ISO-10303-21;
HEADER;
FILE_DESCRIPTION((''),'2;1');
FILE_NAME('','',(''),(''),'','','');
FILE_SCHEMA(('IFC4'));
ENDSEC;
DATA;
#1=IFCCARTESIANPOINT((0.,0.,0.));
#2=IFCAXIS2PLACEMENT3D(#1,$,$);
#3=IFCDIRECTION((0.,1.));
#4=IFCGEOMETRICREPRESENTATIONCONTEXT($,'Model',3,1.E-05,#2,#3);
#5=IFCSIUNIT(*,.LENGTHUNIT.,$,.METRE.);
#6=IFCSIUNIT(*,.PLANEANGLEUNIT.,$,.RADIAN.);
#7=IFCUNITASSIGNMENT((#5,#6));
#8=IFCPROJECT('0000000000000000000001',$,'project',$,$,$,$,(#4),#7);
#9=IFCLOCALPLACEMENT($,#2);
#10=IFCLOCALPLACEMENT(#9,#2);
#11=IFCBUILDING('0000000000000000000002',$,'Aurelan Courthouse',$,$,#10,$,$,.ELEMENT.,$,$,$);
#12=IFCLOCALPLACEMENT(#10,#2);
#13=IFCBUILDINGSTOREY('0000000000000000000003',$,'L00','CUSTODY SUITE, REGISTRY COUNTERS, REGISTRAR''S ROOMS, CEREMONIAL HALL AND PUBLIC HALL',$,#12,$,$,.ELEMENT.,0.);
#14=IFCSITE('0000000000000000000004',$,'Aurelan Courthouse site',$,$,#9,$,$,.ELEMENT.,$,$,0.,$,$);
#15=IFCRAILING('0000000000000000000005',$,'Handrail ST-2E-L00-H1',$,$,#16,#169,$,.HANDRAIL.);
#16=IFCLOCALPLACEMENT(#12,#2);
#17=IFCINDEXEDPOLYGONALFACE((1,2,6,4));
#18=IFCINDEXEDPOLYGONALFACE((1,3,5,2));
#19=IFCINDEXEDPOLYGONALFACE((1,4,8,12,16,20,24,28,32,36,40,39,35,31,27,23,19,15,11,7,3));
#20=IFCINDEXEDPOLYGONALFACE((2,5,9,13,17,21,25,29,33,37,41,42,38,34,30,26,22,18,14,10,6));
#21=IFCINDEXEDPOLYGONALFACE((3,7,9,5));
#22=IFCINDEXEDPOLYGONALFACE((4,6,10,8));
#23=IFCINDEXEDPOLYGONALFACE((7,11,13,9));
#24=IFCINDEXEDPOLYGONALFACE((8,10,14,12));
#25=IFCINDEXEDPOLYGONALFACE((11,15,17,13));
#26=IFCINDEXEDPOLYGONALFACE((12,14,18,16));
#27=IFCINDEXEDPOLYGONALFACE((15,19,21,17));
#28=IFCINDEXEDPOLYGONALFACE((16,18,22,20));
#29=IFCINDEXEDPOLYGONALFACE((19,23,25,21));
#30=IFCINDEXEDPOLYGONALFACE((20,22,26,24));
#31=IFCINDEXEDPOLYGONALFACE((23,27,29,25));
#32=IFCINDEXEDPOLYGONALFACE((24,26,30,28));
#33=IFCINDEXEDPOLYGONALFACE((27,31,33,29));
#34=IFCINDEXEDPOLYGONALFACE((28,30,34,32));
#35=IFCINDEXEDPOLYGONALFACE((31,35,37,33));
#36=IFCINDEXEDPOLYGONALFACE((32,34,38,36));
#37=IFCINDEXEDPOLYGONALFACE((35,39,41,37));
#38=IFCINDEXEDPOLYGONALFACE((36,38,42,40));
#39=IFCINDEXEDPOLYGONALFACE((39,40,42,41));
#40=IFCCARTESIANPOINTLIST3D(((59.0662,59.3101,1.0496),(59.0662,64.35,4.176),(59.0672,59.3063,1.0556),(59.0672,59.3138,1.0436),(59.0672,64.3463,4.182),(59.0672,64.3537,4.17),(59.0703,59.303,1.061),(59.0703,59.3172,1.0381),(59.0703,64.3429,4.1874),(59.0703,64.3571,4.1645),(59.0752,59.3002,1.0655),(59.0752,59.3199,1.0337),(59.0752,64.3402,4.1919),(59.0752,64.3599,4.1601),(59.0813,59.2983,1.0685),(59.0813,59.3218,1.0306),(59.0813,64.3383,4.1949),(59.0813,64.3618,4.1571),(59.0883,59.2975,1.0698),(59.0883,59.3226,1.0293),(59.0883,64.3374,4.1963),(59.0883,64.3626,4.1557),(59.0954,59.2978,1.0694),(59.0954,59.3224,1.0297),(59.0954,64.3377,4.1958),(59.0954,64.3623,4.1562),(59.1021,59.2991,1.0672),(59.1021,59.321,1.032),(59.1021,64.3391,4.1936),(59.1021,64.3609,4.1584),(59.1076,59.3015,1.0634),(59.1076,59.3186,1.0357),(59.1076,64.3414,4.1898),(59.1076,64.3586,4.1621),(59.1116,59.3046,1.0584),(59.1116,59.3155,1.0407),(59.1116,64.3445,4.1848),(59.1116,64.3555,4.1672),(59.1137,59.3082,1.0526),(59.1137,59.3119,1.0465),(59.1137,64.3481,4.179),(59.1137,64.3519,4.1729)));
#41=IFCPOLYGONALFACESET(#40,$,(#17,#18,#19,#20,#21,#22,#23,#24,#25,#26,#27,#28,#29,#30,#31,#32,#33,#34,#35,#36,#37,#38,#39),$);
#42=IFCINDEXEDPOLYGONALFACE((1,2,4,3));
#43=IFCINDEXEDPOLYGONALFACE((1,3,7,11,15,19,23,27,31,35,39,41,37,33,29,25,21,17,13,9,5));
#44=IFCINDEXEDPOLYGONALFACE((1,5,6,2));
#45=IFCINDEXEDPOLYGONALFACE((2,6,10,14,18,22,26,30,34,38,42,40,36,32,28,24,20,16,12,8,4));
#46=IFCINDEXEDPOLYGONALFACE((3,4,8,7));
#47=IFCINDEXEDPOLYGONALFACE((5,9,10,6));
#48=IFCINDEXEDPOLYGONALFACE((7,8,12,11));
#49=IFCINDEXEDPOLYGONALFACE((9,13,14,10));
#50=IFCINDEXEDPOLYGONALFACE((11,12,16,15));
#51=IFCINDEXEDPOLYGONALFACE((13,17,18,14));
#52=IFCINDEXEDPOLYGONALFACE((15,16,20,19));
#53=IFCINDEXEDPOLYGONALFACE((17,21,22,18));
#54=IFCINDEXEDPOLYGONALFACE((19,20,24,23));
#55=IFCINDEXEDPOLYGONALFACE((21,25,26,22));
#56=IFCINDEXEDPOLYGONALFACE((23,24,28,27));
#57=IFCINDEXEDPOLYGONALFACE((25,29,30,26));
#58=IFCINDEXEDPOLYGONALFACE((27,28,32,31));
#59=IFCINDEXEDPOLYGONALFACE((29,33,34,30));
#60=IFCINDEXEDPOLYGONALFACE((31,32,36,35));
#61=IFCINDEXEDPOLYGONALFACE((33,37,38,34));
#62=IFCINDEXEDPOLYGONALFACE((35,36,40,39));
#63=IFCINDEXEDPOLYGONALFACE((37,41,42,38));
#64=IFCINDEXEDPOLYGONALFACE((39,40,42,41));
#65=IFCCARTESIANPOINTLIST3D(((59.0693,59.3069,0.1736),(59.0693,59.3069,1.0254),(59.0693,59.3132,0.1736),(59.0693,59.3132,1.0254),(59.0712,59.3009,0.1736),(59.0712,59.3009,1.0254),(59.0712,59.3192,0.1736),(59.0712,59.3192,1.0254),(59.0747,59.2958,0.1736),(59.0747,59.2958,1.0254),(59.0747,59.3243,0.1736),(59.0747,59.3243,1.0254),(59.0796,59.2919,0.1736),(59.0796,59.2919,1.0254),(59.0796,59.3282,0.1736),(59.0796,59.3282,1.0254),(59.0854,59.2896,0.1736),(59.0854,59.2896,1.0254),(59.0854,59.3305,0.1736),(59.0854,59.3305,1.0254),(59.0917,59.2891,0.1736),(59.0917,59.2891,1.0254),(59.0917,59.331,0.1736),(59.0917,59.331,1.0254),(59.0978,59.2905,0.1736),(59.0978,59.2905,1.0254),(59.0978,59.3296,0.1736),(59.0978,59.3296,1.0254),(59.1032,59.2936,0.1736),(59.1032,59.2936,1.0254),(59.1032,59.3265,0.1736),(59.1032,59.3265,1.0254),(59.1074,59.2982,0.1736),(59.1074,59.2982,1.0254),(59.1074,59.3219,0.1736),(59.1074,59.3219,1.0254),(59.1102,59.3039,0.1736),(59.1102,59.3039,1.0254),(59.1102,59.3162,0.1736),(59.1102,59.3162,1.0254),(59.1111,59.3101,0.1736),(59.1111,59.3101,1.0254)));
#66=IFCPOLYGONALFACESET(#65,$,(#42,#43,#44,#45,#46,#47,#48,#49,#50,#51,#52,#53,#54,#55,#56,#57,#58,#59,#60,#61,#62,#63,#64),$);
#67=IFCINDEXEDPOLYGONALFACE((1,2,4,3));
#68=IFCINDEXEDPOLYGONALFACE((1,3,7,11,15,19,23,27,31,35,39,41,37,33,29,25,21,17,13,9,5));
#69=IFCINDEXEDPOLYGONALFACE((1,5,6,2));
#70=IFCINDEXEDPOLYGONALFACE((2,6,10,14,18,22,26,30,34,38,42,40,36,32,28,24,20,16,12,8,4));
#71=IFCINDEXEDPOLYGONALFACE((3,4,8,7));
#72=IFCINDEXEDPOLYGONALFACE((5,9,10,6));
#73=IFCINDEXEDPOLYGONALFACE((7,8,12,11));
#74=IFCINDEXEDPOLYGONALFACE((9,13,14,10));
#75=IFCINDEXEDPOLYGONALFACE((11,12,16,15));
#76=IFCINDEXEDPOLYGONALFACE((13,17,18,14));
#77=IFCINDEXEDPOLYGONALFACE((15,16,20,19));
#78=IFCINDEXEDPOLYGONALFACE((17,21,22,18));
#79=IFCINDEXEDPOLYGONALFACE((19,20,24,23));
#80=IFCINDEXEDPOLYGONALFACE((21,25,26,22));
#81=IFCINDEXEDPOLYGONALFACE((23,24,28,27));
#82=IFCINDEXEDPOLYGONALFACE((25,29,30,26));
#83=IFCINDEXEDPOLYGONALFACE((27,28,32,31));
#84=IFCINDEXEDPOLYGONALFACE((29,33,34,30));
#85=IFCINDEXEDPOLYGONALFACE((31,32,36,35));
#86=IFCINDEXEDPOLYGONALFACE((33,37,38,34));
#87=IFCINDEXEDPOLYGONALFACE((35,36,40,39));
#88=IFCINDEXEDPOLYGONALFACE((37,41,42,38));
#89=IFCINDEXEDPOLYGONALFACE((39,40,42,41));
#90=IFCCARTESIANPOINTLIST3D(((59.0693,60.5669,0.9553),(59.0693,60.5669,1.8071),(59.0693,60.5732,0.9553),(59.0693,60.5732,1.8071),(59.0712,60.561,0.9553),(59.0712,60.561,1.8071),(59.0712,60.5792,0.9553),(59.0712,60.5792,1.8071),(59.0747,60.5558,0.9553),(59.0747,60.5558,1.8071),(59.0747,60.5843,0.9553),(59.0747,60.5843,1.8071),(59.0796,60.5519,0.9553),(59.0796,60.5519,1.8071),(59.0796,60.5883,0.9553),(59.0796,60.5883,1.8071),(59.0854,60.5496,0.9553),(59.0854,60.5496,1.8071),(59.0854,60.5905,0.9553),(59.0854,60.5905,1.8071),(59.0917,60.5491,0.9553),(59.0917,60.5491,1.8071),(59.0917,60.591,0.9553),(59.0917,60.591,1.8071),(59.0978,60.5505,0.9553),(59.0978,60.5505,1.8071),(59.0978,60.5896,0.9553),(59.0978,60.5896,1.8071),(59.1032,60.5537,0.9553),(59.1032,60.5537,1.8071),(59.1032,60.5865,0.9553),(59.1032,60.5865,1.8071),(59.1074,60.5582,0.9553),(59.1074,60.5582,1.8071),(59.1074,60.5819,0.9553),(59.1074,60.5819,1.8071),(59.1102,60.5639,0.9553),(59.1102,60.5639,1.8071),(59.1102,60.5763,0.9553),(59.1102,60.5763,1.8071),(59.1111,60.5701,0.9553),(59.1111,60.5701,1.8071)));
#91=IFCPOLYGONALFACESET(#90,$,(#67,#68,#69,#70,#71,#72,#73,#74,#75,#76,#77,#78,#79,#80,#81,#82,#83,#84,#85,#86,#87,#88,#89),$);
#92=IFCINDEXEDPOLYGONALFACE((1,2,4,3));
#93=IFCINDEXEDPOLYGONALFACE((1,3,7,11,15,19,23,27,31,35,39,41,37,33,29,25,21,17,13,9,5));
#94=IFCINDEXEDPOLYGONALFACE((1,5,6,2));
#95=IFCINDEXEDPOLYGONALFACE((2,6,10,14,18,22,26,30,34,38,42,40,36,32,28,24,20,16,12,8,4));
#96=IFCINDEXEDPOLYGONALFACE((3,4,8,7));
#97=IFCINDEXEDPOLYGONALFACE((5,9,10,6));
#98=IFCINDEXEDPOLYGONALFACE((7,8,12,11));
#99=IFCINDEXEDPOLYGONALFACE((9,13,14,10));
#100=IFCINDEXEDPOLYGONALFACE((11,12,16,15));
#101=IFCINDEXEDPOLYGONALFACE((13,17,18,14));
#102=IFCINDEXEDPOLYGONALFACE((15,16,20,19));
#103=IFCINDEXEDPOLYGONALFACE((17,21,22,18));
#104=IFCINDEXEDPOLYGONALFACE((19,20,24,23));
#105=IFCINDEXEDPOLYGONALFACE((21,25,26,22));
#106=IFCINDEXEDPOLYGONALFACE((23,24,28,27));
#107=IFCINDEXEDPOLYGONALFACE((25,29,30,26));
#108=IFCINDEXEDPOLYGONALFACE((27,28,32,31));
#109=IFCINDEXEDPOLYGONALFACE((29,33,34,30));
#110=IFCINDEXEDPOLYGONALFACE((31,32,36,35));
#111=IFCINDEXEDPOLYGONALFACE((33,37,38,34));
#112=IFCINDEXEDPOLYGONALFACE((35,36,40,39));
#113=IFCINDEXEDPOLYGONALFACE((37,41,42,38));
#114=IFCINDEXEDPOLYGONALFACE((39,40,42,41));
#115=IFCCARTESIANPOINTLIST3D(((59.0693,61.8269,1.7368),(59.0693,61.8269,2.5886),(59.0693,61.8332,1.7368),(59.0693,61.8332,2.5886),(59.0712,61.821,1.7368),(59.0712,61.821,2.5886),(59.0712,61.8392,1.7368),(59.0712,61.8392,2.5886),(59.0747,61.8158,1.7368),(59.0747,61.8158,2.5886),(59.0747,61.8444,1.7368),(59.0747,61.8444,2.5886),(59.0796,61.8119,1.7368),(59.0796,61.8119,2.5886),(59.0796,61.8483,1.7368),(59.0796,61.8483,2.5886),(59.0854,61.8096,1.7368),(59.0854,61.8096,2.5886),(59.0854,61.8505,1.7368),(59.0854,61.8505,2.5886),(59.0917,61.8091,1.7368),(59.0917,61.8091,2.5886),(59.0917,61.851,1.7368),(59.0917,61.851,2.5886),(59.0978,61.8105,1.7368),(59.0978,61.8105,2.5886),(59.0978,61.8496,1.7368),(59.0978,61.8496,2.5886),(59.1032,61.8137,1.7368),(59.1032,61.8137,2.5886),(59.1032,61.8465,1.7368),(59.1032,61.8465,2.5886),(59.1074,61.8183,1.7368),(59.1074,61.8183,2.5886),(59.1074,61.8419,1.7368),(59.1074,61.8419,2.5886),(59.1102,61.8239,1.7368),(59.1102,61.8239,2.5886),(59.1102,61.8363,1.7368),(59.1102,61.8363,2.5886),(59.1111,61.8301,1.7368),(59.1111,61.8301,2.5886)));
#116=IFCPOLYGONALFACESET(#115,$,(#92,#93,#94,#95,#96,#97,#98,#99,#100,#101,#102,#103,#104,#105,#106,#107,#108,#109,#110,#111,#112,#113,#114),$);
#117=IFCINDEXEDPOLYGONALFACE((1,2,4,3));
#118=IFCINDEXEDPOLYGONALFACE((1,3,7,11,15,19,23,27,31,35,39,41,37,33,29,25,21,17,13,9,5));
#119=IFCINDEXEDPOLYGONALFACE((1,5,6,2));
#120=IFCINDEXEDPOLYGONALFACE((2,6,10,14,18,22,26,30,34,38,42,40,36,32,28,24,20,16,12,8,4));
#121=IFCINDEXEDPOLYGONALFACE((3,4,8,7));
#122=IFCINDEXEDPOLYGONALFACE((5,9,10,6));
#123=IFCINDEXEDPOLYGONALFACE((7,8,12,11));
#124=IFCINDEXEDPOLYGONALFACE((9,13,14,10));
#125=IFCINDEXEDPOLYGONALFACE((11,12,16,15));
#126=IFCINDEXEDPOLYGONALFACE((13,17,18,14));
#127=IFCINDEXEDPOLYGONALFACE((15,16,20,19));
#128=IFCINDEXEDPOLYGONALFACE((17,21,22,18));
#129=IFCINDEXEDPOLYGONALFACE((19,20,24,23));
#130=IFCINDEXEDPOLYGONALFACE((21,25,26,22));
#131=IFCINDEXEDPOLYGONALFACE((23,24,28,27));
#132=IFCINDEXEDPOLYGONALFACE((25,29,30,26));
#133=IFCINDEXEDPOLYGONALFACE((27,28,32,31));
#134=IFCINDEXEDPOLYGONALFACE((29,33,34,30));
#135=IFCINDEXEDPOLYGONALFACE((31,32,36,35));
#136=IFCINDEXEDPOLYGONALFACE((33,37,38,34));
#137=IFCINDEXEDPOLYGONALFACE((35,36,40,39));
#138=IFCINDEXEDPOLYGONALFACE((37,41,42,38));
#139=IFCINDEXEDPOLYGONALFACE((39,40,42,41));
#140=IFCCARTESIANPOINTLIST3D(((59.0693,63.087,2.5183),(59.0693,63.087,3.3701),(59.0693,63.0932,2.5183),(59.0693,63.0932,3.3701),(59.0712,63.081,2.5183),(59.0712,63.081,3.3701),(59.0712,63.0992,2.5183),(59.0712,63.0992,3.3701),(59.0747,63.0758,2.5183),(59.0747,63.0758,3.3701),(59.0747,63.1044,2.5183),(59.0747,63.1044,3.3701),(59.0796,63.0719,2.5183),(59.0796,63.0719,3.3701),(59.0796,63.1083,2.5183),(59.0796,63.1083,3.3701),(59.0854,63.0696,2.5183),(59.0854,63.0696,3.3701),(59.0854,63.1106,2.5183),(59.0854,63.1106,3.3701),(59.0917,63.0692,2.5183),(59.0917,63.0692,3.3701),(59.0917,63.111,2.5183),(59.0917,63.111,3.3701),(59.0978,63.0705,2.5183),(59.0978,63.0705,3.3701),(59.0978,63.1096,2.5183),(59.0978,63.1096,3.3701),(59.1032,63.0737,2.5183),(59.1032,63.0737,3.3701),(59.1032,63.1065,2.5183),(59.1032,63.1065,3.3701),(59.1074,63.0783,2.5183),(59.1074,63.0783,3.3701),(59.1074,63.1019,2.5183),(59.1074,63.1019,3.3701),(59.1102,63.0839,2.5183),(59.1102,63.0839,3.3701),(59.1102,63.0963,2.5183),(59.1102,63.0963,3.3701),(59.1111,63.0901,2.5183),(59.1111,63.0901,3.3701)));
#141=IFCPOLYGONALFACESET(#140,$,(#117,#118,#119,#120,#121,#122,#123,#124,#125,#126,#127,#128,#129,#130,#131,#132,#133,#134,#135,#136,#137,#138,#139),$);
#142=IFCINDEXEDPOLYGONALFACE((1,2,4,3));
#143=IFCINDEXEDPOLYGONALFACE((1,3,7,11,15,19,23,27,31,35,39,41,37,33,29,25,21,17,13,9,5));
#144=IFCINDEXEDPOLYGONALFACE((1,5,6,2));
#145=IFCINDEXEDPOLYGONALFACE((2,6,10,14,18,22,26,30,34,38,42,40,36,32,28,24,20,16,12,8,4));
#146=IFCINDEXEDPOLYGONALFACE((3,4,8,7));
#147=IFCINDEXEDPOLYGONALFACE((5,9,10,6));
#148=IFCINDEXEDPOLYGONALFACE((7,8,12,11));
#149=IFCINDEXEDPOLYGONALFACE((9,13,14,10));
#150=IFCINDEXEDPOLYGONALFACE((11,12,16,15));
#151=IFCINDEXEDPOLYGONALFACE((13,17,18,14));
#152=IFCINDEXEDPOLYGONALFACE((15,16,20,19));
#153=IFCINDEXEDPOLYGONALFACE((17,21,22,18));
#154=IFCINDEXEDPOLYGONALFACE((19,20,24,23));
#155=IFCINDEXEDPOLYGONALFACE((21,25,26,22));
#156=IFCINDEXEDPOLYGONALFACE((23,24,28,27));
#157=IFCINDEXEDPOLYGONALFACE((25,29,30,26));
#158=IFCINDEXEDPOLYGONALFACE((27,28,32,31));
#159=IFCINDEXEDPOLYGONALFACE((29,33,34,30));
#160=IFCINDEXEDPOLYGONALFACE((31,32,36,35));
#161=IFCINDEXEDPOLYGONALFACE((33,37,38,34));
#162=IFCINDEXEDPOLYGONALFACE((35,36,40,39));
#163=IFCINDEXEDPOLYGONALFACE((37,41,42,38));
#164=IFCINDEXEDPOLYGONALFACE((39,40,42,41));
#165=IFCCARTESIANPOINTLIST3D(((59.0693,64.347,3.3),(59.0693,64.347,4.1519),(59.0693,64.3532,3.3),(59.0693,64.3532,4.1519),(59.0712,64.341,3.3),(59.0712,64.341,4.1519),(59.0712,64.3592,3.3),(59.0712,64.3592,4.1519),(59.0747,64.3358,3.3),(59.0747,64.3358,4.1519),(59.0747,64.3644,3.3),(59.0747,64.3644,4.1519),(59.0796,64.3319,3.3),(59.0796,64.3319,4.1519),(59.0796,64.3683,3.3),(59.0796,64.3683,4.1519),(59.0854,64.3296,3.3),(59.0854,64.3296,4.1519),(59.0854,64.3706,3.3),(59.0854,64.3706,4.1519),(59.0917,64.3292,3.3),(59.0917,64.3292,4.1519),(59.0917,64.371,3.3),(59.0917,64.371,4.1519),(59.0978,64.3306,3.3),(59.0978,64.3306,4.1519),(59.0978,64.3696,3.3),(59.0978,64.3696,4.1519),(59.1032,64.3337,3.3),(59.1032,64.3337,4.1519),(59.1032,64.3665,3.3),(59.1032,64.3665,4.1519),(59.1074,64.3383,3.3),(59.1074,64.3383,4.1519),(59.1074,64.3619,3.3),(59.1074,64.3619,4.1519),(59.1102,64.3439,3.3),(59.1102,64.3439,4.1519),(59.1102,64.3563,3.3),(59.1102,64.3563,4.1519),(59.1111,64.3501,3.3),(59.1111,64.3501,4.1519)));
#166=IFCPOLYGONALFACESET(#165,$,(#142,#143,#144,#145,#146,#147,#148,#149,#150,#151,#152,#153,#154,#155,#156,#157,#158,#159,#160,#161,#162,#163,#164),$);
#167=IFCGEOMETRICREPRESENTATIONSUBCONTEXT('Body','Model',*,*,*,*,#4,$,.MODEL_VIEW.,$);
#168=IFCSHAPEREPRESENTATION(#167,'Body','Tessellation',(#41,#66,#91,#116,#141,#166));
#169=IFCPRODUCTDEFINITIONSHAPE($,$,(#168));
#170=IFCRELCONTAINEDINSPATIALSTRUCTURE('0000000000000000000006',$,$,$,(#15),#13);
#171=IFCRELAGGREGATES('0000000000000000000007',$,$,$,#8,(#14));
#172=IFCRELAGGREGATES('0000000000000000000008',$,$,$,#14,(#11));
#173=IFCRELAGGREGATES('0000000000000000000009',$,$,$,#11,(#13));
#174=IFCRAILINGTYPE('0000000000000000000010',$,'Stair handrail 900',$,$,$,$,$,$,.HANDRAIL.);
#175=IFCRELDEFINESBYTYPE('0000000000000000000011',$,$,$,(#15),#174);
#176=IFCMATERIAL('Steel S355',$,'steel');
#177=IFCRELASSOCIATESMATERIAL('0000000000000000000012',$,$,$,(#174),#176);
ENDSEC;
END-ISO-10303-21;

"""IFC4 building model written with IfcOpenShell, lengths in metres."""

from ifc_helpers import new_model, si_unit, direction, frame, origin, origin_2d, place, context, subcontext, project, spatial, circle, extrude, material, type_object, element, save


model = new_model("IFC4")

# Units and contexts
model_context = context("Model", 3, precision=1e-05, world=origin(), true_north=direction((0.0, 1.0)))
body_context = subcontext(model_context, "Body", "Model", "MODEL_VIEW")
ifc_project = project(units=[si_unit("LENGTHUNIT", "METRE"), si_unit("PLANEANGLEUNIT", "RADIAN")], contexts=[model_context])

# Site, building, storey
site_placement = place(None, origin())
site = spatial("IfcSite", under=ifc_project, at=site_placement, Name="Aurelan Courthouse site", CompositionType="ELEMENT", RefElevation=0.0)
building_placement = place(site_placement, origin())
building = spatial("IfcBuilding", under=site, at=building_placement, Name="Aurelan Courthouse", CompositionType="ELEMENT")
storey_placement = place(building_placement, origin())
storey = spatial("IfcBuildingStorey", under=building, at=storey_placement, Name="L00", Description="CUSTODY SUITE, REGISTRY COUNTERS, REGISTRAR'S ROOMS, CEREMONIAL HALL AND PUBLIC HALL", CompositionType="ELEMENT", Elevation=0.0)

# Railing
ifc_material_1 = material(Name="Steel S355", Category="steel")
railing_type = type_object("IfcRailingType", Name="Stair handrail 900", PredefinedType="HANDRAIL", material=ifc_material_1)
for number, where, name in (
    (1, (59.0901, 59.3101, 0.1736), "Handrail ST-2E-L00-H1"),
):
    element("IfcRailing", number, at=place(storey_placement, frame(where)), inside=storey, type_object=railing_type, Name=name, PredefinedType="HANDRAIL", context=body_context, shape_type="SweptSolid", body=[
        extrude(circle(Radius=0.0239, at=origin_2d()), frame((0.0, 0.0, 0.876), z_axis=(0.0, 0.849779, 0.527139), x_axis=(-1.0, 0.0, 0.0)), (0.0, 0.0, 1.0), 5.9309),
        extrude(circle(Radius=0.021, at=origin_2d()), origin(), (0.0, 0.0, 1.0), 0.8518),
        extrude(circle(Radius=0.021, at=origin_2d()), frame((0.0, 1.26, 0.7817)), (0.0, 0.0, 1.0), 0.8518),
        extrude(circle(Radius=0.021, at=origin_2d()), frame((0.0, 2.52, 1.5632)), (0.0, 0.0, 1.0), 0.8518),
        extrude(circle(Radius=0.021, at=origin_2d()), frame((0.0, 3.78, 2.3447)), (0.0, 0.0, 1.0), 0.8518),
        extrude(circle(Radius=0.021, at=origin_2d()), frame((0.0, 5.04, 3.1265)), (0.0, 0.0, 1.0), 0.8518),
    ])

save(model, "model.ifc")
